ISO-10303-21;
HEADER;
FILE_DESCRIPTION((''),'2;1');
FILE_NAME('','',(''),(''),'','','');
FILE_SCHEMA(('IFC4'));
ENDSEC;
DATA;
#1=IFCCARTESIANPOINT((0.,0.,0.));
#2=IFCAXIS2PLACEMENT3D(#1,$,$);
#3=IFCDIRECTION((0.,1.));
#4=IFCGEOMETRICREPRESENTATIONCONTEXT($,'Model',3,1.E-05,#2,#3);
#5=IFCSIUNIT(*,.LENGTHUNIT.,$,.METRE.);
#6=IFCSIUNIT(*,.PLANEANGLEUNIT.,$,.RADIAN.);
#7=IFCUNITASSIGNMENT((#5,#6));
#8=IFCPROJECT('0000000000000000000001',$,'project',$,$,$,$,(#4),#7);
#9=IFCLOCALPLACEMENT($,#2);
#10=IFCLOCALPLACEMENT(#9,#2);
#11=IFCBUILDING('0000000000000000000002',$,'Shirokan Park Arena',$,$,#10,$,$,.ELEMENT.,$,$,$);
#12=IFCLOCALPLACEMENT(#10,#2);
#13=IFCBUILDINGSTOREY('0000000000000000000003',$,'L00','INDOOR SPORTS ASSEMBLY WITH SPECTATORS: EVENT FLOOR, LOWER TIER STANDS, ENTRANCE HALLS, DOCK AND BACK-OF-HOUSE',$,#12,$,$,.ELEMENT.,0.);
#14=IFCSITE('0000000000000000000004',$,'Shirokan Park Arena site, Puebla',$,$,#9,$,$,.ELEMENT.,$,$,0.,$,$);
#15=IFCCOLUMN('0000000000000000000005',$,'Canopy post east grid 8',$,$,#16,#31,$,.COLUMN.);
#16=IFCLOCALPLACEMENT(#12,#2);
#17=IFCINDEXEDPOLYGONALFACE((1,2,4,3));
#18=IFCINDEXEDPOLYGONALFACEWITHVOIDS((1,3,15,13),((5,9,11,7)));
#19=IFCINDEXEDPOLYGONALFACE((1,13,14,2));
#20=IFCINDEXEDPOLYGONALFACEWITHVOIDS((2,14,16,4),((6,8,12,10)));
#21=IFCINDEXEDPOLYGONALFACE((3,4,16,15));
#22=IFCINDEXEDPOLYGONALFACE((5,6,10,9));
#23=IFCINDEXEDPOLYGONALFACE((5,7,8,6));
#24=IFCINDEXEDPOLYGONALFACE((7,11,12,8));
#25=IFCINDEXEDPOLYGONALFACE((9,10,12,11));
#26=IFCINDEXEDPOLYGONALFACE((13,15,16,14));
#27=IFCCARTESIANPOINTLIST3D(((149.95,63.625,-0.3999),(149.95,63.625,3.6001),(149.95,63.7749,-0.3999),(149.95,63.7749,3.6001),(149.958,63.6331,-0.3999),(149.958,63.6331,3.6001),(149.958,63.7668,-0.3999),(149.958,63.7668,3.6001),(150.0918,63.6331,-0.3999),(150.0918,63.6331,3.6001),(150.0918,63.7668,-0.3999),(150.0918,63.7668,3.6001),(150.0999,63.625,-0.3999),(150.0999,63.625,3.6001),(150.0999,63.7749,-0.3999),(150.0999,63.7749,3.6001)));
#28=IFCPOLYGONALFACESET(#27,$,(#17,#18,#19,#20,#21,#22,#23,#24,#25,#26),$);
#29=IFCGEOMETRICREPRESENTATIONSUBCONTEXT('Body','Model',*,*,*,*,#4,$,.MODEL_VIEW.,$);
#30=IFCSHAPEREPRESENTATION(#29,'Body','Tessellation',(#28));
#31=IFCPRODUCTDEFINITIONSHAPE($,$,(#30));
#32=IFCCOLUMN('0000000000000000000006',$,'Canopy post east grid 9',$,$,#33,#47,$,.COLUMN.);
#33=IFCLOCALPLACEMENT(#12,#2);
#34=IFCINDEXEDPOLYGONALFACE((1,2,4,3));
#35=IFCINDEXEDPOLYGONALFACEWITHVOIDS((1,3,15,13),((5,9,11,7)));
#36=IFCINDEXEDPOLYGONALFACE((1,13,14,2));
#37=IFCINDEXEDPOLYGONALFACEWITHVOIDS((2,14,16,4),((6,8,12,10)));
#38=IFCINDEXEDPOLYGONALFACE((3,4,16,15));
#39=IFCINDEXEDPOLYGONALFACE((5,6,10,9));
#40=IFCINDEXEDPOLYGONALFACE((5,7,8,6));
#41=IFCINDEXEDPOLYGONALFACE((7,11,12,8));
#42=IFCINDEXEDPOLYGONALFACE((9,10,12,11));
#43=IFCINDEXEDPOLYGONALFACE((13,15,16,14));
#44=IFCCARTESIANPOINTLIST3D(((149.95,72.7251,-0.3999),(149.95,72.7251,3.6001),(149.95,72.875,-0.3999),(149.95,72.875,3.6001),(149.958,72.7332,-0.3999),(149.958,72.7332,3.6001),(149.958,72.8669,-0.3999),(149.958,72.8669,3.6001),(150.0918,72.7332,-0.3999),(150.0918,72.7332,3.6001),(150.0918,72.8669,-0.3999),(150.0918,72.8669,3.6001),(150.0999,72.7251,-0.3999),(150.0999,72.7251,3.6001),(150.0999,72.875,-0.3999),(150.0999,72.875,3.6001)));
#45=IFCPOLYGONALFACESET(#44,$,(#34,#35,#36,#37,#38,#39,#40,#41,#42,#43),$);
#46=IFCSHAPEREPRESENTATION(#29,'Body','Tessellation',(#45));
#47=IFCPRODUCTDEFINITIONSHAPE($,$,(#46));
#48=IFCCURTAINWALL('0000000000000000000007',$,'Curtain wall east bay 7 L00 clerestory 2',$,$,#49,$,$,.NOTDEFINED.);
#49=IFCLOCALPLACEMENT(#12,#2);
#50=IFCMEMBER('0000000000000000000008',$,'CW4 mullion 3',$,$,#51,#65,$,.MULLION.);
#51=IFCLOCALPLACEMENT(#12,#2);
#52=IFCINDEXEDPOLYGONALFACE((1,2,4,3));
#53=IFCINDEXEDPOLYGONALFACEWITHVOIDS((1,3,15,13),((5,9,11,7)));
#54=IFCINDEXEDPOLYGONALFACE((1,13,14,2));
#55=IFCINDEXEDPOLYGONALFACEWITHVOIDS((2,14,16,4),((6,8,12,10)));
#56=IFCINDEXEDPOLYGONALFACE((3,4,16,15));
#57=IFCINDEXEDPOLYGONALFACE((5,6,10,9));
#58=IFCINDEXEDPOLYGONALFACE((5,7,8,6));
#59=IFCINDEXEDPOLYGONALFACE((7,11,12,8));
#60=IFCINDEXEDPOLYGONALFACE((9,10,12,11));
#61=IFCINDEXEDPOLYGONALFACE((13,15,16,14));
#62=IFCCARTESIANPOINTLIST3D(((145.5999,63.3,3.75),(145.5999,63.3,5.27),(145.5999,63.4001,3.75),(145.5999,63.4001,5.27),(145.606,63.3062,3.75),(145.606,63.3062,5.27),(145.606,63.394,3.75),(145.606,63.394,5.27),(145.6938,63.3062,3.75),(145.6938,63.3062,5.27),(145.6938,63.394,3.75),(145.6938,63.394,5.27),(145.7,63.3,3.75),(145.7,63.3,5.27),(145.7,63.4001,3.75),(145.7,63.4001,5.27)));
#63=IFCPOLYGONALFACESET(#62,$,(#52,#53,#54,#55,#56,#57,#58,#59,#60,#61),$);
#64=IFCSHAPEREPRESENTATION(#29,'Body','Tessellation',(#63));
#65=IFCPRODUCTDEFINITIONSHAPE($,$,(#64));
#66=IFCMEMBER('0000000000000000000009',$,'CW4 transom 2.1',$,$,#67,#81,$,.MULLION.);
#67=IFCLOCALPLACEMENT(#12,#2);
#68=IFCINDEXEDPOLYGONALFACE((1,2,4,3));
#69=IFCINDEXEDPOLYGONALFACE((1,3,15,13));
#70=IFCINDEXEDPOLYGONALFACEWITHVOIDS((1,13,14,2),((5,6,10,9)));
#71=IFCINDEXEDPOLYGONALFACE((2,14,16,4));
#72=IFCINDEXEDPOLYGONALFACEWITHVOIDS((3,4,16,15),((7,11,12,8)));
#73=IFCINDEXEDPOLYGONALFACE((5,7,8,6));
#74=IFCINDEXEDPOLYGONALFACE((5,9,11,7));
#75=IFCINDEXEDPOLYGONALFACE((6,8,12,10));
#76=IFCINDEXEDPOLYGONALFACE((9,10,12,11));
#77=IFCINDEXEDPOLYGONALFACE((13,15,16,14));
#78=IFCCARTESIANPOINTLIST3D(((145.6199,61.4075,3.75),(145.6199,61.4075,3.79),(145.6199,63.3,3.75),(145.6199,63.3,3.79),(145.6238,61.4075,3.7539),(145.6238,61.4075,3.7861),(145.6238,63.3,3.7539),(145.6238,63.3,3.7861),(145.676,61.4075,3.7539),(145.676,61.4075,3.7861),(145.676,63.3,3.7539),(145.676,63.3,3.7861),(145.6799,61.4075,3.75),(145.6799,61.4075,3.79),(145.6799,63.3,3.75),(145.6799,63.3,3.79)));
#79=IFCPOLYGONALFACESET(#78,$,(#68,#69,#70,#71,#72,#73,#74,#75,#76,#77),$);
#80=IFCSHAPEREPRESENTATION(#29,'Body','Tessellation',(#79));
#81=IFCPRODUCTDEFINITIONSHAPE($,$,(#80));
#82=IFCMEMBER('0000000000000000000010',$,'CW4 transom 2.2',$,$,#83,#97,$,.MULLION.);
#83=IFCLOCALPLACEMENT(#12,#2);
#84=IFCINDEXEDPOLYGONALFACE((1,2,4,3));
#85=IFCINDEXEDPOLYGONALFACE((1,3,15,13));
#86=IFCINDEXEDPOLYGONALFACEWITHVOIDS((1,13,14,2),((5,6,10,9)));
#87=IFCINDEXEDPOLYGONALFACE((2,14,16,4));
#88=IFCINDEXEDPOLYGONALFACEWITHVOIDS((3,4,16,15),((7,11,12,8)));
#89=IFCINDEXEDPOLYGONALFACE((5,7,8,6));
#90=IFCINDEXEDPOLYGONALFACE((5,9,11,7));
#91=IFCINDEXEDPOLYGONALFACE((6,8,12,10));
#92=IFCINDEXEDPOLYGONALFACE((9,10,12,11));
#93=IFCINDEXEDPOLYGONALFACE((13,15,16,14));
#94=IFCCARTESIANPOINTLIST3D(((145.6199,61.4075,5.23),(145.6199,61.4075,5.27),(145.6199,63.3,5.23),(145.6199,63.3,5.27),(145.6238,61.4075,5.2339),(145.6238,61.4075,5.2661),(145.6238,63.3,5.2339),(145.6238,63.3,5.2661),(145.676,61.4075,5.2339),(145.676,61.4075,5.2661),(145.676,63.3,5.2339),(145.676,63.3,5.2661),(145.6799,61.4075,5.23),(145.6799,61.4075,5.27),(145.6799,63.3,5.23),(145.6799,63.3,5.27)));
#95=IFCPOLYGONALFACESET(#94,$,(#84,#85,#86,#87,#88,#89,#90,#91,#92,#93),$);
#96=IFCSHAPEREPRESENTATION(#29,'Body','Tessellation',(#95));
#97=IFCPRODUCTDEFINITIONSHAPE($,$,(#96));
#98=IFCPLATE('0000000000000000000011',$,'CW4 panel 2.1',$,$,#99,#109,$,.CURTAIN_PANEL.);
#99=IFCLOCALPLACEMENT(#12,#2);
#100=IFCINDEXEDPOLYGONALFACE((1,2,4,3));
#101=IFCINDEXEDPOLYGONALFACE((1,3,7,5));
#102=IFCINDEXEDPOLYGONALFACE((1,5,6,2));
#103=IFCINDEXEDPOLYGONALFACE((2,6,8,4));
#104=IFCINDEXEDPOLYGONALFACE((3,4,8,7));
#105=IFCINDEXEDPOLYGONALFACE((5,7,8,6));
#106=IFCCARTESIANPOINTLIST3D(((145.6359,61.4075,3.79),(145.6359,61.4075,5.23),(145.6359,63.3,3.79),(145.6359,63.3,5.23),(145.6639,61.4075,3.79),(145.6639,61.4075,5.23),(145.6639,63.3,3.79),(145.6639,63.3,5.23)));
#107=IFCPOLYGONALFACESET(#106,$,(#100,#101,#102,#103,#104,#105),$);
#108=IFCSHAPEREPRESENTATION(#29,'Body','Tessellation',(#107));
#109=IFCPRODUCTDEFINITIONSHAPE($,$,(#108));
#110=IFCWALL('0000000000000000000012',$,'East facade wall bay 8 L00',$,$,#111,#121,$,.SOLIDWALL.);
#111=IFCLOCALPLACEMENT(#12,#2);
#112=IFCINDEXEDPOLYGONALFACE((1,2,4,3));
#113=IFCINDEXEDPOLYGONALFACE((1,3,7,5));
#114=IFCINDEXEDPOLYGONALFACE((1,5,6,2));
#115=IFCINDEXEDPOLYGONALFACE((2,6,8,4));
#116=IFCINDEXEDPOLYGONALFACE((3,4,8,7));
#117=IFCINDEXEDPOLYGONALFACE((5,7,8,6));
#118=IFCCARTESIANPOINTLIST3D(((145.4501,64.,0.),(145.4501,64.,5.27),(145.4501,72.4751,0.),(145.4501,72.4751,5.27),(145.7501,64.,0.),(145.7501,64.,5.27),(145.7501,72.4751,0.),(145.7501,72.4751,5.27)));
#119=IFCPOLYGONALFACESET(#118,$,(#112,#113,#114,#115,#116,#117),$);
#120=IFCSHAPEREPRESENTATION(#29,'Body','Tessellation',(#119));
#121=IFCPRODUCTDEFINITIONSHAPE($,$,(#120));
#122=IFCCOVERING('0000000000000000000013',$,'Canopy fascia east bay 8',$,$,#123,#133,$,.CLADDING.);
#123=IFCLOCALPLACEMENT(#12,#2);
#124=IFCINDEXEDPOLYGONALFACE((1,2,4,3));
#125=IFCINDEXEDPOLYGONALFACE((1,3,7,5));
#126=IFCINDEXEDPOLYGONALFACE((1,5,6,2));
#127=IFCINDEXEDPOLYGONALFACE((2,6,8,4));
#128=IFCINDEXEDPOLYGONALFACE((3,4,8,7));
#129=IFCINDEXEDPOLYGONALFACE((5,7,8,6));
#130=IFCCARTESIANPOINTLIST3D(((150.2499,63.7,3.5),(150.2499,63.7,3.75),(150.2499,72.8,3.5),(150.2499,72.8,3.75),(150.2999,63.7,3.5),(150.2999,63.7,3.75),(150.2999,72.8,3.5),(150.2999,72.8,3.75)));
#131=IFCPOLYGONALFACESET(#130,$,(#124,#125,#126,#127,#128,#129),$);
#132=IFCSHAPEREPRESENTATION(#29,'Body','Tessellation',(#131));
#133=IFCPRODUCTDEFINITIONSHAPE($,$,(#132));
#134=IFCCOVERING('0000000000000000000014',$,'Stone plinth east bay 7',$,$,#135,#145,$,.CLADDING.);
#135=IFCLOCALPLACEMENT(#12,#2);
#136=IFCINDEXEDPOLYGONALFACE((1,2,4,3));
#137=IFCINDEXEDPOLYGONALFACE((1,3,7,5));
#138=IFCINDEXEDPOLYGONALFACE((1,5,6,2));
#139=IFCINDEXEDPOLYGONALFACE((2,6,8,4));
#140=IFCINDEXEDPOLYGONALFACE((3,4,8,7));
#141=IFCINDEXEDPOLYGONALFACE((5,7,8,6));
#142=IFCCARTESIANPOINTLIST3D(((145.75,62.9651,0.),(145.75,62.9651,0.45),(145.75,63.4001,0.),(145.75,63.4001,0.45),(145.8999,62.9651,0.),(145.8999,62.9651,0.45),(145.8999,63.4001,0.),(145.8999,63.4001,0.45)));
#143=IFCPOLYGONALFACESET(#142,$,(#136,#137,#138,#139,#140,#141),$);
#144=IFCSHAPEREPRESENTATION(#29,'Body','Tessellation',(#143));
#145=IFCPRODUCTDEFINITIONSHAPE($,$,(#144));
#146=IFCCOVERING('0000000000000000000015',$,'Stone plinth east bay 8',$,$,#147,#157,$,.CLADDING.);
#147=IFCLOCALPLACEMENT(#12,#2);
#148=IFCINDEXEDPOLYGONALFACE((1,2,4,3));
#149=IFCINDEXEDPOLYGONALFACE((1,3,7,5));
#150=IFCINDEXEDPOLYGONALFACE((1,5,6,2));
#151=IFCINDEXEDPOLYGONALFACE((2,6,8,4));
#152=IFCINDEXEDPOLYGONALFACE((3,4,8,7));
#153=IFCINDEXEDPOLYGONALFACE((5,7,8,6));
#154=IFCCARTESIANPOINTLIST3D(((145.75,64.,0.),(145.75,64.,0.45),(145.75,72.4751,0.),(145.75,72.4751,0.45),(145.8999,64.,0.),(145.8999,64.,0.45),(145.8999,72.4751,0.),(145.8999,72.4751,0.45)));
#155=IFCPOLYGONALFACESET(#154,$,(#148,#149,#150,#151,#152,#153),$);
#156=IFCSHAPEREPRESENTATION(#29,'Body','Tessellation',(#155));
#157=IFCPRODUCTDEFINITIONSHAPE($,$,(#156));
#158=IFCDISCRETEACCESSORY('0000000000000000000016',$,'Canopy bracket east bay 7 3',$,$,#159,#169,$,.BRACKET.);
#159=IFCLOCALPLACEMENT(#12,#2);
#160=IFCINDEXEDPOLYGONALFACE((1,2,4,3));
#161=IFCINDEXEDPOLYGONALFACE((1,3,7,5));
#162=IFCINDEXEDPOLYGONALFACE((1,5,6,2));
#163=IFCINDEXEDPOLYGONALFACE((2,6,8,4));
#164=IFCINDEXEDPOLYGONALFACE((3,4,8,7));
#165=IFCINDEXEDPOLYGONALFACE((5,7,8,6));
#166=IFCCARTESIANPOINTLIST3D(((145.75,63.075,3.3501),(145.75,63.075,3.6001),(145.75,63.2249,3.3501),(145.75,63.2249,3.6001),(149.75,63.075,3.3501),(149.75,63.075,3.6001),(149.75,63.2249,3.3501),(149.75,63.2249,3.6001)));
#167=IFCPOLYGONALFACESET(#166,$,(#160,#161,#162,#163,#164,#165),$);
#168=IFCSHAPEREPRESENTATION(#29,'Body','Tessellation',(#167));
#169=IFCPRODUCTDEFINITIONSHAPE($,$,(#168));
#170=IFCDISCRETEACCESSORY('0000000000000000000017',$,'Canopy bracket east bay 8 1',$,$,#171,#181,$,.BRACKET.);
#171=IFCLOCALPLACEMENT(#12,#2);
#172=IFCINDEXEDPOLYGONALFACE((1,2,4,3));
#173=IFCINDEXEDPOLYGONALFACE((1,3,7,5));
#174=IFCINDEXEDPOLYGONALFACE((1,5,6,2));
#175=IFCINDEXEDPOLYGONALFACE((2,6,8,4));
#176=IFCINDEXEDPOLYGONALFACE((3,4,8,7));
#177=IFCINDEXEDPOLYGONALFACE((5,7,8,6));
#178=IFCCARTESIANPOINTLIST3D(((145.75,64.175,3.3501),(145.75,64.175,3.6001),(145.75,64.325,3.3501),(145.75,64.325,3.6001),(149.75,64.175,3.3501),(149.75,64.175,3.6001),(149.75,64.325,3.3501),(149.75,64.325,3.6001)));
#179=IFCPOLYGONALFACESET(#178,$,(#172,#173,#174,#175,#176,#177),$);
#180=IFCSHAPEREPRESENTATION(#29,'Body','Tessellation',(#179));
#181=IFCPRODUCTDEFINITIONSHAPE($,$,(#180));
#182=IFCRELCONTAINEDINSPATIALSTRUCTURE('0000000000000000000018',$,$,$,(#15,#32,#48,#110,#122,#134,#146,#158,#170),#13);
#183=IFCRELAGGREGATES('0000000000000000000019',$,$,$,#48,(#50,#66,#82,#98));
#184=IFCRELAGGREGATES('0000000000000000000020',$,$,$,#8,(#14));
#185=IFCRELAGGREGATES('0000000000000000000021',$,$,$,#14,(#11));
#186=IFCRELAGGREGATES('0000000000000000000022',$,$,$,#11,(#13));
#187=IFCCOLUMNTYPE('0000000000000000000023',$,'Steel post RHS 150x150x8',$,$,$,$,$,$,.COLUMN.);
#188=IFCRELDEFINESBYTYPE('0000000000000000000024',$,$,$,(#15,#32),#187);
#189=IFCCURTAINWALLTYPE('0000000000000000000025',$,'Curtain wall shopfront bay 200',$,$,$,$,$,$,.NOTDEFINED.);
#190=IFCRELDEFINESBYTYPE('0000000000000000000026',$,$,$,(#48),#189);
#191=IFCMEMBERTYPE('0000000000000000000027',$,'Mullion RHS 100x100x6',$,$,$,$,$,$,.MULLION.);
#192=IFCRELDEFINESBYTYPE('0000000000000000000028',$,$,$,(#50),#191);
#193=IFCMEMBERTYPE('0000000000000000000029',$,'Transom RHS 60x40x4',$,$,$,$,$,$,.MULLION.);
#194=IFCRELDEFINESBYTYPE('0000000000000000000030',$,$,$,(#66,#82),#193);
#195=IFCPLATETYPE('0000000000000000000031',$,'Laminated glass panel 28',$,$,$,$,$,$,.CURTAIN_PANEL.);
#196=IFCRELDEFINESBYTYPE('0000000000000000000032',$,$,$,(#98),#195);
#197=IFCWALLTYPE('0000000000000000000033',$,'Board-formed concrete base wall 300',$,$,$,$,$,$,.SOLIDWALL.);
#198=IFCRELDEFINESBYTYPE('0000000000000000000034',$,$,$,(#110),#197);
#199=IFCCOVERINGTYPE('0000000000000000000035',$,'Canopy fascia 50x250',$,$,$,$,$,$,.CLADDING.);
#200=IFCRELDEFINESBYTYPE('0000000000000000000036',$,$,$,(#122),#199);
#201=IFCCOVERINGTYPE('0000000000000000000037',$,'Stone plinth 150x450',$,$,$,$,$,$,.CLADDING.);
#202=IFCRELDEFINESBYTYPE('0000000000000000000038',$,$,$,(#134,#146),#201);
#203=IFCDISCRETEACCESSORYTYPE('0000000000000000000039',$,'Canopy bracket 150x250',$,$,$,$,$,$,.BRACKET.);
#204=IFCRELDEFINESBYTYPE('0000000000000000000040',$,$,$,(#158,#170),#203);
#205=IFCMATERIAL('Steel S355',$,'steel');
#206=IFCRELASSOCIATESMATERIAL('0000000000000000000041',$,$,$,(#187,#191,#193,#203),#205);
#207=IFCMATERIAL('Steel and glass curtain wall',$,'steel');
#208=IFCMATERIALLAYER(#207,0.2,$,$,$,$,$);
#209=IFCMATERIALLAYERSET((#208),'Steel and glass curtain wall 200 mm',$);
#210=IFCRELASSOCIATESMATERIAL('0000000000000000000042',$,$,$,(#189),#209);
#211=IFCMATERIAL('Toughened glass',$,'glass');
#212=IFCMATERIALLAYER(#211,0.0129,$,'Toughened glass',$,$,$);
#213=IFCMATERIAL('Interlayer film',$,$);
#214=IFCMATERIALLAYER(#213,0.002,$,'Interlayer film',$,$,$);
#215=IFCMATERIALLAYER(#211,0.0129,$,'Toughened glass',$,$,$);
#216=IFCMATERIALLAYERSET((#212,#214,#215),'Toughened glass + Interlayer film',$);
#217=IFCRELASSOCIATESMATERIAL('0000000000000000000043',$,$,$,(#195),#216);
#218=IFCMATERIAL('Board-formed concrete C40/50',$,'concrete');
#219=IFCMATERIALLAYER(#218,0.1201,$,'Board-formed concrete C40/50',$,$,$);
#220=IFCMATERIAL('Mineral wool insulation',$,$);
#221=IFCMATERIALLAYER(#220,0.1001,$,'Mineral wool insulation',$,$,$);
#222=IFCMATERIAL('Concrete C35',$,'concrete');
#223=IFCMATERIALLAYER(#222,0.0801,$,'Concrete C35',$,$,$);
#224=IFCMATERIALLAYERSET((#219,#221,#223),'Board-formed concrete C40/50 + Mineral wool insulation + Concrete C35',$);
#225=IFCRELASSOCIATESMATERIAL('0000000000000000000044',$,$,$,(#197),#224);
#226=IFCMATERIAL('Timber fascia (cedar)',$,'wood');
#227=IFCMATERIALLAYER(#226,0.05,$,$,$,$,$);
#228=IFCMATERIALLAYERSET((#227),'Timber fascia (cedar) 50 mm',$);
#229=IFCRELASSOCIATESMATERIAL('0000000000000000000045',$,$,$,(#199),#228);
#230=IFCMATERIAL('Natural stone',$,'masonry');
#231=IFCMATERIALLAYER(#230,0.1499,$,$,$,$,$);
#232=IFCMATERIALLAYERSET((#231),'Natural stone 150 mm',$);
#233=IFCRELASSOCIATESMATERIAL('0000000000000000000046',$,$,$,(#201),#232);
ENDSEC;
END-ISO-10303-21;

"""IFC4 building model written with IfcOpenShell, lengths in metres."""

from ifc_helpers import new_model, si_unit, direction, frame, frame_2d, origin, origin_2d, place, context, subcontext, project, spatial, rectangle, hollow_rectangle, extrude, material, layer, layer_set, material_profile, profile_set, type_object, element, aggregate, save


model = new_model("IFC4")

# Units and contexts
model_context = context("Model", 3, precision=1e-05, world=origin(), true_north=direction((0.0, 1.0)))
body_context = subcontext(model_context, "Body", "Model", "MODEL_VIEW")
ifc_project = project(units=[si_unit("LENGTHUNIT", "METRE"), si_unit("PLANEANGLEUNIT", "RADIAN")], contexts=[model_context])

# Site, building, storey
site_placement = place(None, origin())
site = spatial("IfcSite", under=ifc_project, at=site_placement, Name="Shirokan Park Arena site, Puebla", CompositionType="ELEMENT", RefElevation=0.0)
building_placement = place(site_placement, origin())
building = spatial("IfcBuilding", under=site, at=building_placement, Name="Shirokan Park Arena", CompositionType="ELEMENT")
storey_placement = place(building_placement, origin())
storey = spatial("IfcBuildingStorey", under=building, at=storey_placement, Name="L00", Description="INDOOR SPORTS ASSEMBLY WITH SPECTATORS: EVENT FLOOR, LOWER TIER STANDS, ENTRANCE HALLS, DOCK AND BACK-OF-HOUSE", CompositionType="ELEMENT", Elevation=0.0)

# Columns
ifc_material_1 = material(Name="Concrete C35", Category="concrete")
ifc_material_2 = material(Name="Steel S355", Category="steel")
ifc_material_profile_1 = material_profile(ifc_material_2, hollow_rectangle(XDim=0.1499, YDim=0.1499, WallThickness=0.0081, at=origin_2d()), Name="RHS 150x150x8")
ifc_profile_set_1 = profile_set([ifc_material_profile_1], Name="Steel S355")
column_type_1 = type_object("IfcColumnType", Name="Steel post RHS 150x150x8", PredefinedType="COLUMN", material=ifc_profile_set_1)
for number, where, z_axis, x_axis, name in (
    (1, (150.0249, 63.7, -0.3999), (0.0, 0.0, 1.0), (1.0, 0.0, 0.0), "Canopy post east grid 8"),
    (2, (150.0249, 72.8, -0.3999), (0.0, 0.0, 1.0), (1.0, 0.0, 0.0), "Canopy post east grid 9"),
):
    element("IfcColumn", number, at=place(storey_placement, frame(where, z_axis=z_axis, x_axis=x_axis)), inside=storey, type_object=column_type_1, Name=name, PredefinedType="COLUMN", context=body_context, shape_type="SweptSolid", body=[
        extrude(hollow_rectangle(XDim=0.1499, YDim=0.1499, WallThickness=0.0081, at=origin_2d()), origin(), (0.0, 0.0, 1.0), 4.0),
    ])

# Curtain wall, members, plate
ifc_material_3 = material(Name="Steel and glass curtain wall", Category="steel")
ifc_layer_1 = layer(ifc_material_3, 0.2)
ifc_layer_set_1 = layer_set([ifc_layer_1], Name="Steel and glass curtain wall 200 mm")
curtain_wall_type = type_object("IfcCurtainWallType", Name="Curtain wall shopfront bay 200", PredefinedType="NOTDEFINED", material=ifc_layer_set_1)
curtain_wall_placement = place(storey_placement, origin())
curtain_wall = element("IfcCurtainWall", 3, at=curtain_wall_placement, inside=storey, type_object=curtain_wall_type, Name="Curtain wall east bay 7 L00 clerestory 2", PredefinedType="NOTDEFINED")
ifc_material_profile_2 = material_profile(ifc_material_2, hollow_rectangle(XDim=0.1001, YDim=0.1001, WallThickness=0.0061, at=origin_2d()), Name="RHS 100x100x6")
ifc_profile_set_2 = profile_set([ifc_material_profile_2], Name="Steel S355")
member_type_1 = type_object("IfcMemberType", Name="Mullion RHS 100x100x6", PredefinedType="MULLION", material=ifc_profile_set_2)
member_1_placement = place(storey_placement, frame((145.6499, 63.3501, 3.75), z_axis=(0.0, 0.0, 1.0), x_axis=(-1.0, 0.0, 0.0)))
member_1 = element("IfcMember", 4, at=member_1_placement, type_object=member_type_1, Name="CW4 mullion 3", PredefinedType="MULLION", context=body_context, shape_type="SweptSolid", body=[
    extrude(hollow_rectangle(XDim=0.1001, YDim=0.1001, WallThickness=0.0061, at=origin_2d()), origin(), (0.0, 0.0, 1.0), 1.52),
])
ifc_material_profile_3 = material_profile(ifc_material_2, hollow_rectangle(XDim=0.0601, YDim=0.04, WallThickness=0.0039, at=origin_2d()), Name="RHS 60x40x4")
ifc_profile_set_3 = profile_set([ifc_material_profile_3], Name="Steel S355")
member_type_2 = type_object("IfcMemberType", Name="Transom RHS 60x40x4", PredefinedType="MULLION", material=ifc_profile_set_3)
member_2_placement = place(storey_placement, frame((145.6499, 61.4075, 3.77), z_axis=(0.0, 1.0, 0.0), x_axis=(-1.0, 0.0, 0.0)))
member_2 = element("IfcMember", 5, at=member_2_placement, type_object=member_type_2, Name="CW4 transom 2.1", PredefinedType="MULLION", context=body_context, shape_type="SweptSolid", body=[
    extrude(hollow_rectangle(XDim=0.0601, YDim=0.04, WallThickness=0.0039, at=origin_2d()), origin(), (0.0, 0.0, 1.0), 1.8926),
])
member_3_placement = place(storey_placement, frame((145.6499, 61.4075, 5.25), z_axis=(0.0, 1.0, 0.0), x_axis=(-1.0, 0.0, 0.0)))
member_3 = element("IfcMember", 6, at=member_3_placement, type_object=member_type_2, Name="CW4 transom 2.2", PredefinedType="MULLION", context=body_context, shape_type="SweptSolid", body=[
    extrude(hollow_rectangle(XDim=0.0601, YDim=0.04, WallThickness=0.0039, at=origin_2d()), origin(), (0.0, 0.0, 1.0), 1.8926),
])
ifc_material_4 = material(Name="Toughened glass", Category="glass")
ifc_layer_2 = layer(ifc_material_4, 0.0129, Name="Toughened glass")
ifc_material_5 = material(Name="Interlayer film")
ifc_layer_3 = layer(ifc_material_5, 0.002, Name="Interlayer film")
ifc_layer_4 = layer(ifc_material_4, 0.0129, Name="Toughened glass")
ifc_layer_set_2 = layer_set([ifc_layer_2, ifc_layer_3, ifc_layer_4], Name="Toughened glass + Interlayer film")
plate_type = type_object("IfcPlateType", Name="Laminated glass panel 28", PredefinedType="CURTAIN_PANEL", material=ifc_layer_set_2)
plate_placement = place(storey_placement, frame((145.6499, 62.3538, 3.79), z_axis=(0.0, 0.0, 1.0), x_axis=(0.0, 1.0, 0.0)))
plate = element("IfcPlate", 7, at=plate_placement, type_object=plate_type, Name="CW4 panel 2.1", PredefinedType="CURTAIN_PANEL", context=body_context, shape_type="SweptSolid", body=[
    extrude(rectangle(XDim=1.8926, YDim=0.0281, at=origin_2d()), origin(), (0.0, 0.0, 1.0), 1.4399),
])
aggregate(curtain_wall, [member_1, member_2, member_3, plate])

# Wall
ifc_material_6 = material(Name="Board-formed concrete C40/50", Category="concrete")
ifc_layer_5 = layer(ifc_material_6, 0.1201, Name="Board-formed concrete C40/50")
ifc_material_7 = material(Name="Mineral wool insulation")
ifc_layer_6 = layer(ifc_material_7, 0.1001, Name="Mineral wool insulation")
ifc_layer_7 = layer(ifc_material_1, 0.0801, Name="Concrete C35")
ifc_layer_set_3 = layer_set([ifc_layer_5, ifc_layer_6, ifc_layer_7], Name="Board-formed concrete C40/50 + Mineral wool insulation + Concrete C35")
wall_type = type_object("IfcWallType", Name="Board-formed concrete base wall 300", PredefinedType="SOLIDWALL", material=ifc_layer_set_3)
wall_placement = place(storey_placement, frame((145.6001, 64.0, 0.0), z_axis=(0.0, 0.0, 1.0), x_axis=(0.0, 1.0, 0.0)))
element("IfcWall", 8, at=wall_placement, inside=storey, type_object=wall_type, Name="East facade wall bay 8 L00", PredefinedType="SOLIDWALL", context=body_context, shape_type="SweptSolid", body=[
    extrude(rectangle(XDim=8.4751, YDim=0.3, at=frame_2d((4.2375, 0.0))), origin(), (0.0, 0.0, 1.0), 5.27),
])

# Coverings
ifc_material_8 = material(Name="Timber fascia (cedar)", Category="wood")
ifc_layer_8 = layer(ifc_material_8, 0.05)
ifc_layer_set_4 = layer_set([ifc_layer_8], Name="Timber fascia (cedar) 50 mm")
covering_type_1 = type_object("IfcCoveringType", Name="Canopy fascia 50x250", PredefinedType="CLADDING", material=ifc_layer_set_4)
covering_1_placement = place(storey_placement, frame((150.2749, 68.25, 3.5), z_axis=(0.0, 0.0, 1.0), x_axis=(0.0, 1.0, 0.0)))
element("IfcCovering", 9, at=covering_1_placement, inside=storey, type_object=covering_type_1, Name="Canopy fascia east bay 8", PredefinedType="CLADDING", context=body_context, shape_type="SweptSolid", body=[
    extrude(rectangle(XDim=9.1001, YDim=0.05, at=origin_2d()), origin(), (0.0, 0.0, 1.0), 0.25),
])
ifc_material_9 = material(Name="Natural stone", Category="masonry")
ifc_layer_9 = layer(ifc_material_9, 0.1499)
ifc_layer_set_5 = layer_set([ifc_layer_9], Name="Natural stone 150 mm")
covering_type_2 = type_object("IfcCoveringType", Name="Stone plinth 150x450", PredefinedType="CLADDING", material=ifc_layer_set_5)
covering_2_placement = place(storey_placement, frame((145.825, 63.1826, 0.0), z_axis=(0.0, 0.0, 1.0), x_axis=(0.0, 1.0, 0.0)))
element("IfcCovering", 10, at=covering_2_placement, inside=storey, type_object=covering_type_2, Name="Stone plinth east bay 7", PredefinedType="CLADDING", context=body_context, shape_type="SweptSolid", body=[
    extrude(rectangle(XDim=0.4351, YDim=0.1499, at=origin_2d()), origin(), (0.0, 0.0, 1.0), 0.45),
])
covering_3_placement = place(storey_placement, frame((145.825, 68.2375, 0.0), z_axis=(0.0, 0.0, 1.0), x_axis=(0.0, 1.0, 0.0)))
element("IfcCovering", 11, at=covering_3_placement, inside=storey, type_object=covering_type_2, Name="Stone plinth east bay 8", PredefinedType="CLADDING", context=body_context, shape_type="SweptSolid", body=[
    extrude(rectangle(XDim=8.4751, YDim=0.1499, at=origin_2d()), origin(), (0.0, 0.0, 1.0), 0.45),
])

# Discrete accessories
discrete_accessory_type = type_object("IfcDiscreteAccessoryType", Name="Canopy bracket 150x250", PredefinedType="BRACKET", material=ifc_material_2)
for number, where, z_axis, x_axis, name in (
    (12, (147.75, 63.1499, 3.3501), (0.0, 0.0, 1.0), (0.0, 1.0, 0.0), "Canopy bracket east bay 7 3"),
    (13, (147.75, 64.25, 3.3501), (0.0, 0.0, 1.0), (0.0, 1.0, 0.0), "Canopy bracket east bay 8 1"),
):
    element("IfcDiscreteAccessory", number, at=place(storey_placement, frame(where, z_axis=z_axis, x_axis=x_axis)), inside=storey, type_object=discrete_accessory_type, Name=name, PredefinedType="BRACKET", context=body_context, shape_type="SweptSolid", body=[
        extrude(rectangle(XDim=0.1499, YDim=4.0, at=origin_2d()), origin(), (0.0, 0.0, 1.0), 0.25),
    ])

save(model, "model.ifc")
